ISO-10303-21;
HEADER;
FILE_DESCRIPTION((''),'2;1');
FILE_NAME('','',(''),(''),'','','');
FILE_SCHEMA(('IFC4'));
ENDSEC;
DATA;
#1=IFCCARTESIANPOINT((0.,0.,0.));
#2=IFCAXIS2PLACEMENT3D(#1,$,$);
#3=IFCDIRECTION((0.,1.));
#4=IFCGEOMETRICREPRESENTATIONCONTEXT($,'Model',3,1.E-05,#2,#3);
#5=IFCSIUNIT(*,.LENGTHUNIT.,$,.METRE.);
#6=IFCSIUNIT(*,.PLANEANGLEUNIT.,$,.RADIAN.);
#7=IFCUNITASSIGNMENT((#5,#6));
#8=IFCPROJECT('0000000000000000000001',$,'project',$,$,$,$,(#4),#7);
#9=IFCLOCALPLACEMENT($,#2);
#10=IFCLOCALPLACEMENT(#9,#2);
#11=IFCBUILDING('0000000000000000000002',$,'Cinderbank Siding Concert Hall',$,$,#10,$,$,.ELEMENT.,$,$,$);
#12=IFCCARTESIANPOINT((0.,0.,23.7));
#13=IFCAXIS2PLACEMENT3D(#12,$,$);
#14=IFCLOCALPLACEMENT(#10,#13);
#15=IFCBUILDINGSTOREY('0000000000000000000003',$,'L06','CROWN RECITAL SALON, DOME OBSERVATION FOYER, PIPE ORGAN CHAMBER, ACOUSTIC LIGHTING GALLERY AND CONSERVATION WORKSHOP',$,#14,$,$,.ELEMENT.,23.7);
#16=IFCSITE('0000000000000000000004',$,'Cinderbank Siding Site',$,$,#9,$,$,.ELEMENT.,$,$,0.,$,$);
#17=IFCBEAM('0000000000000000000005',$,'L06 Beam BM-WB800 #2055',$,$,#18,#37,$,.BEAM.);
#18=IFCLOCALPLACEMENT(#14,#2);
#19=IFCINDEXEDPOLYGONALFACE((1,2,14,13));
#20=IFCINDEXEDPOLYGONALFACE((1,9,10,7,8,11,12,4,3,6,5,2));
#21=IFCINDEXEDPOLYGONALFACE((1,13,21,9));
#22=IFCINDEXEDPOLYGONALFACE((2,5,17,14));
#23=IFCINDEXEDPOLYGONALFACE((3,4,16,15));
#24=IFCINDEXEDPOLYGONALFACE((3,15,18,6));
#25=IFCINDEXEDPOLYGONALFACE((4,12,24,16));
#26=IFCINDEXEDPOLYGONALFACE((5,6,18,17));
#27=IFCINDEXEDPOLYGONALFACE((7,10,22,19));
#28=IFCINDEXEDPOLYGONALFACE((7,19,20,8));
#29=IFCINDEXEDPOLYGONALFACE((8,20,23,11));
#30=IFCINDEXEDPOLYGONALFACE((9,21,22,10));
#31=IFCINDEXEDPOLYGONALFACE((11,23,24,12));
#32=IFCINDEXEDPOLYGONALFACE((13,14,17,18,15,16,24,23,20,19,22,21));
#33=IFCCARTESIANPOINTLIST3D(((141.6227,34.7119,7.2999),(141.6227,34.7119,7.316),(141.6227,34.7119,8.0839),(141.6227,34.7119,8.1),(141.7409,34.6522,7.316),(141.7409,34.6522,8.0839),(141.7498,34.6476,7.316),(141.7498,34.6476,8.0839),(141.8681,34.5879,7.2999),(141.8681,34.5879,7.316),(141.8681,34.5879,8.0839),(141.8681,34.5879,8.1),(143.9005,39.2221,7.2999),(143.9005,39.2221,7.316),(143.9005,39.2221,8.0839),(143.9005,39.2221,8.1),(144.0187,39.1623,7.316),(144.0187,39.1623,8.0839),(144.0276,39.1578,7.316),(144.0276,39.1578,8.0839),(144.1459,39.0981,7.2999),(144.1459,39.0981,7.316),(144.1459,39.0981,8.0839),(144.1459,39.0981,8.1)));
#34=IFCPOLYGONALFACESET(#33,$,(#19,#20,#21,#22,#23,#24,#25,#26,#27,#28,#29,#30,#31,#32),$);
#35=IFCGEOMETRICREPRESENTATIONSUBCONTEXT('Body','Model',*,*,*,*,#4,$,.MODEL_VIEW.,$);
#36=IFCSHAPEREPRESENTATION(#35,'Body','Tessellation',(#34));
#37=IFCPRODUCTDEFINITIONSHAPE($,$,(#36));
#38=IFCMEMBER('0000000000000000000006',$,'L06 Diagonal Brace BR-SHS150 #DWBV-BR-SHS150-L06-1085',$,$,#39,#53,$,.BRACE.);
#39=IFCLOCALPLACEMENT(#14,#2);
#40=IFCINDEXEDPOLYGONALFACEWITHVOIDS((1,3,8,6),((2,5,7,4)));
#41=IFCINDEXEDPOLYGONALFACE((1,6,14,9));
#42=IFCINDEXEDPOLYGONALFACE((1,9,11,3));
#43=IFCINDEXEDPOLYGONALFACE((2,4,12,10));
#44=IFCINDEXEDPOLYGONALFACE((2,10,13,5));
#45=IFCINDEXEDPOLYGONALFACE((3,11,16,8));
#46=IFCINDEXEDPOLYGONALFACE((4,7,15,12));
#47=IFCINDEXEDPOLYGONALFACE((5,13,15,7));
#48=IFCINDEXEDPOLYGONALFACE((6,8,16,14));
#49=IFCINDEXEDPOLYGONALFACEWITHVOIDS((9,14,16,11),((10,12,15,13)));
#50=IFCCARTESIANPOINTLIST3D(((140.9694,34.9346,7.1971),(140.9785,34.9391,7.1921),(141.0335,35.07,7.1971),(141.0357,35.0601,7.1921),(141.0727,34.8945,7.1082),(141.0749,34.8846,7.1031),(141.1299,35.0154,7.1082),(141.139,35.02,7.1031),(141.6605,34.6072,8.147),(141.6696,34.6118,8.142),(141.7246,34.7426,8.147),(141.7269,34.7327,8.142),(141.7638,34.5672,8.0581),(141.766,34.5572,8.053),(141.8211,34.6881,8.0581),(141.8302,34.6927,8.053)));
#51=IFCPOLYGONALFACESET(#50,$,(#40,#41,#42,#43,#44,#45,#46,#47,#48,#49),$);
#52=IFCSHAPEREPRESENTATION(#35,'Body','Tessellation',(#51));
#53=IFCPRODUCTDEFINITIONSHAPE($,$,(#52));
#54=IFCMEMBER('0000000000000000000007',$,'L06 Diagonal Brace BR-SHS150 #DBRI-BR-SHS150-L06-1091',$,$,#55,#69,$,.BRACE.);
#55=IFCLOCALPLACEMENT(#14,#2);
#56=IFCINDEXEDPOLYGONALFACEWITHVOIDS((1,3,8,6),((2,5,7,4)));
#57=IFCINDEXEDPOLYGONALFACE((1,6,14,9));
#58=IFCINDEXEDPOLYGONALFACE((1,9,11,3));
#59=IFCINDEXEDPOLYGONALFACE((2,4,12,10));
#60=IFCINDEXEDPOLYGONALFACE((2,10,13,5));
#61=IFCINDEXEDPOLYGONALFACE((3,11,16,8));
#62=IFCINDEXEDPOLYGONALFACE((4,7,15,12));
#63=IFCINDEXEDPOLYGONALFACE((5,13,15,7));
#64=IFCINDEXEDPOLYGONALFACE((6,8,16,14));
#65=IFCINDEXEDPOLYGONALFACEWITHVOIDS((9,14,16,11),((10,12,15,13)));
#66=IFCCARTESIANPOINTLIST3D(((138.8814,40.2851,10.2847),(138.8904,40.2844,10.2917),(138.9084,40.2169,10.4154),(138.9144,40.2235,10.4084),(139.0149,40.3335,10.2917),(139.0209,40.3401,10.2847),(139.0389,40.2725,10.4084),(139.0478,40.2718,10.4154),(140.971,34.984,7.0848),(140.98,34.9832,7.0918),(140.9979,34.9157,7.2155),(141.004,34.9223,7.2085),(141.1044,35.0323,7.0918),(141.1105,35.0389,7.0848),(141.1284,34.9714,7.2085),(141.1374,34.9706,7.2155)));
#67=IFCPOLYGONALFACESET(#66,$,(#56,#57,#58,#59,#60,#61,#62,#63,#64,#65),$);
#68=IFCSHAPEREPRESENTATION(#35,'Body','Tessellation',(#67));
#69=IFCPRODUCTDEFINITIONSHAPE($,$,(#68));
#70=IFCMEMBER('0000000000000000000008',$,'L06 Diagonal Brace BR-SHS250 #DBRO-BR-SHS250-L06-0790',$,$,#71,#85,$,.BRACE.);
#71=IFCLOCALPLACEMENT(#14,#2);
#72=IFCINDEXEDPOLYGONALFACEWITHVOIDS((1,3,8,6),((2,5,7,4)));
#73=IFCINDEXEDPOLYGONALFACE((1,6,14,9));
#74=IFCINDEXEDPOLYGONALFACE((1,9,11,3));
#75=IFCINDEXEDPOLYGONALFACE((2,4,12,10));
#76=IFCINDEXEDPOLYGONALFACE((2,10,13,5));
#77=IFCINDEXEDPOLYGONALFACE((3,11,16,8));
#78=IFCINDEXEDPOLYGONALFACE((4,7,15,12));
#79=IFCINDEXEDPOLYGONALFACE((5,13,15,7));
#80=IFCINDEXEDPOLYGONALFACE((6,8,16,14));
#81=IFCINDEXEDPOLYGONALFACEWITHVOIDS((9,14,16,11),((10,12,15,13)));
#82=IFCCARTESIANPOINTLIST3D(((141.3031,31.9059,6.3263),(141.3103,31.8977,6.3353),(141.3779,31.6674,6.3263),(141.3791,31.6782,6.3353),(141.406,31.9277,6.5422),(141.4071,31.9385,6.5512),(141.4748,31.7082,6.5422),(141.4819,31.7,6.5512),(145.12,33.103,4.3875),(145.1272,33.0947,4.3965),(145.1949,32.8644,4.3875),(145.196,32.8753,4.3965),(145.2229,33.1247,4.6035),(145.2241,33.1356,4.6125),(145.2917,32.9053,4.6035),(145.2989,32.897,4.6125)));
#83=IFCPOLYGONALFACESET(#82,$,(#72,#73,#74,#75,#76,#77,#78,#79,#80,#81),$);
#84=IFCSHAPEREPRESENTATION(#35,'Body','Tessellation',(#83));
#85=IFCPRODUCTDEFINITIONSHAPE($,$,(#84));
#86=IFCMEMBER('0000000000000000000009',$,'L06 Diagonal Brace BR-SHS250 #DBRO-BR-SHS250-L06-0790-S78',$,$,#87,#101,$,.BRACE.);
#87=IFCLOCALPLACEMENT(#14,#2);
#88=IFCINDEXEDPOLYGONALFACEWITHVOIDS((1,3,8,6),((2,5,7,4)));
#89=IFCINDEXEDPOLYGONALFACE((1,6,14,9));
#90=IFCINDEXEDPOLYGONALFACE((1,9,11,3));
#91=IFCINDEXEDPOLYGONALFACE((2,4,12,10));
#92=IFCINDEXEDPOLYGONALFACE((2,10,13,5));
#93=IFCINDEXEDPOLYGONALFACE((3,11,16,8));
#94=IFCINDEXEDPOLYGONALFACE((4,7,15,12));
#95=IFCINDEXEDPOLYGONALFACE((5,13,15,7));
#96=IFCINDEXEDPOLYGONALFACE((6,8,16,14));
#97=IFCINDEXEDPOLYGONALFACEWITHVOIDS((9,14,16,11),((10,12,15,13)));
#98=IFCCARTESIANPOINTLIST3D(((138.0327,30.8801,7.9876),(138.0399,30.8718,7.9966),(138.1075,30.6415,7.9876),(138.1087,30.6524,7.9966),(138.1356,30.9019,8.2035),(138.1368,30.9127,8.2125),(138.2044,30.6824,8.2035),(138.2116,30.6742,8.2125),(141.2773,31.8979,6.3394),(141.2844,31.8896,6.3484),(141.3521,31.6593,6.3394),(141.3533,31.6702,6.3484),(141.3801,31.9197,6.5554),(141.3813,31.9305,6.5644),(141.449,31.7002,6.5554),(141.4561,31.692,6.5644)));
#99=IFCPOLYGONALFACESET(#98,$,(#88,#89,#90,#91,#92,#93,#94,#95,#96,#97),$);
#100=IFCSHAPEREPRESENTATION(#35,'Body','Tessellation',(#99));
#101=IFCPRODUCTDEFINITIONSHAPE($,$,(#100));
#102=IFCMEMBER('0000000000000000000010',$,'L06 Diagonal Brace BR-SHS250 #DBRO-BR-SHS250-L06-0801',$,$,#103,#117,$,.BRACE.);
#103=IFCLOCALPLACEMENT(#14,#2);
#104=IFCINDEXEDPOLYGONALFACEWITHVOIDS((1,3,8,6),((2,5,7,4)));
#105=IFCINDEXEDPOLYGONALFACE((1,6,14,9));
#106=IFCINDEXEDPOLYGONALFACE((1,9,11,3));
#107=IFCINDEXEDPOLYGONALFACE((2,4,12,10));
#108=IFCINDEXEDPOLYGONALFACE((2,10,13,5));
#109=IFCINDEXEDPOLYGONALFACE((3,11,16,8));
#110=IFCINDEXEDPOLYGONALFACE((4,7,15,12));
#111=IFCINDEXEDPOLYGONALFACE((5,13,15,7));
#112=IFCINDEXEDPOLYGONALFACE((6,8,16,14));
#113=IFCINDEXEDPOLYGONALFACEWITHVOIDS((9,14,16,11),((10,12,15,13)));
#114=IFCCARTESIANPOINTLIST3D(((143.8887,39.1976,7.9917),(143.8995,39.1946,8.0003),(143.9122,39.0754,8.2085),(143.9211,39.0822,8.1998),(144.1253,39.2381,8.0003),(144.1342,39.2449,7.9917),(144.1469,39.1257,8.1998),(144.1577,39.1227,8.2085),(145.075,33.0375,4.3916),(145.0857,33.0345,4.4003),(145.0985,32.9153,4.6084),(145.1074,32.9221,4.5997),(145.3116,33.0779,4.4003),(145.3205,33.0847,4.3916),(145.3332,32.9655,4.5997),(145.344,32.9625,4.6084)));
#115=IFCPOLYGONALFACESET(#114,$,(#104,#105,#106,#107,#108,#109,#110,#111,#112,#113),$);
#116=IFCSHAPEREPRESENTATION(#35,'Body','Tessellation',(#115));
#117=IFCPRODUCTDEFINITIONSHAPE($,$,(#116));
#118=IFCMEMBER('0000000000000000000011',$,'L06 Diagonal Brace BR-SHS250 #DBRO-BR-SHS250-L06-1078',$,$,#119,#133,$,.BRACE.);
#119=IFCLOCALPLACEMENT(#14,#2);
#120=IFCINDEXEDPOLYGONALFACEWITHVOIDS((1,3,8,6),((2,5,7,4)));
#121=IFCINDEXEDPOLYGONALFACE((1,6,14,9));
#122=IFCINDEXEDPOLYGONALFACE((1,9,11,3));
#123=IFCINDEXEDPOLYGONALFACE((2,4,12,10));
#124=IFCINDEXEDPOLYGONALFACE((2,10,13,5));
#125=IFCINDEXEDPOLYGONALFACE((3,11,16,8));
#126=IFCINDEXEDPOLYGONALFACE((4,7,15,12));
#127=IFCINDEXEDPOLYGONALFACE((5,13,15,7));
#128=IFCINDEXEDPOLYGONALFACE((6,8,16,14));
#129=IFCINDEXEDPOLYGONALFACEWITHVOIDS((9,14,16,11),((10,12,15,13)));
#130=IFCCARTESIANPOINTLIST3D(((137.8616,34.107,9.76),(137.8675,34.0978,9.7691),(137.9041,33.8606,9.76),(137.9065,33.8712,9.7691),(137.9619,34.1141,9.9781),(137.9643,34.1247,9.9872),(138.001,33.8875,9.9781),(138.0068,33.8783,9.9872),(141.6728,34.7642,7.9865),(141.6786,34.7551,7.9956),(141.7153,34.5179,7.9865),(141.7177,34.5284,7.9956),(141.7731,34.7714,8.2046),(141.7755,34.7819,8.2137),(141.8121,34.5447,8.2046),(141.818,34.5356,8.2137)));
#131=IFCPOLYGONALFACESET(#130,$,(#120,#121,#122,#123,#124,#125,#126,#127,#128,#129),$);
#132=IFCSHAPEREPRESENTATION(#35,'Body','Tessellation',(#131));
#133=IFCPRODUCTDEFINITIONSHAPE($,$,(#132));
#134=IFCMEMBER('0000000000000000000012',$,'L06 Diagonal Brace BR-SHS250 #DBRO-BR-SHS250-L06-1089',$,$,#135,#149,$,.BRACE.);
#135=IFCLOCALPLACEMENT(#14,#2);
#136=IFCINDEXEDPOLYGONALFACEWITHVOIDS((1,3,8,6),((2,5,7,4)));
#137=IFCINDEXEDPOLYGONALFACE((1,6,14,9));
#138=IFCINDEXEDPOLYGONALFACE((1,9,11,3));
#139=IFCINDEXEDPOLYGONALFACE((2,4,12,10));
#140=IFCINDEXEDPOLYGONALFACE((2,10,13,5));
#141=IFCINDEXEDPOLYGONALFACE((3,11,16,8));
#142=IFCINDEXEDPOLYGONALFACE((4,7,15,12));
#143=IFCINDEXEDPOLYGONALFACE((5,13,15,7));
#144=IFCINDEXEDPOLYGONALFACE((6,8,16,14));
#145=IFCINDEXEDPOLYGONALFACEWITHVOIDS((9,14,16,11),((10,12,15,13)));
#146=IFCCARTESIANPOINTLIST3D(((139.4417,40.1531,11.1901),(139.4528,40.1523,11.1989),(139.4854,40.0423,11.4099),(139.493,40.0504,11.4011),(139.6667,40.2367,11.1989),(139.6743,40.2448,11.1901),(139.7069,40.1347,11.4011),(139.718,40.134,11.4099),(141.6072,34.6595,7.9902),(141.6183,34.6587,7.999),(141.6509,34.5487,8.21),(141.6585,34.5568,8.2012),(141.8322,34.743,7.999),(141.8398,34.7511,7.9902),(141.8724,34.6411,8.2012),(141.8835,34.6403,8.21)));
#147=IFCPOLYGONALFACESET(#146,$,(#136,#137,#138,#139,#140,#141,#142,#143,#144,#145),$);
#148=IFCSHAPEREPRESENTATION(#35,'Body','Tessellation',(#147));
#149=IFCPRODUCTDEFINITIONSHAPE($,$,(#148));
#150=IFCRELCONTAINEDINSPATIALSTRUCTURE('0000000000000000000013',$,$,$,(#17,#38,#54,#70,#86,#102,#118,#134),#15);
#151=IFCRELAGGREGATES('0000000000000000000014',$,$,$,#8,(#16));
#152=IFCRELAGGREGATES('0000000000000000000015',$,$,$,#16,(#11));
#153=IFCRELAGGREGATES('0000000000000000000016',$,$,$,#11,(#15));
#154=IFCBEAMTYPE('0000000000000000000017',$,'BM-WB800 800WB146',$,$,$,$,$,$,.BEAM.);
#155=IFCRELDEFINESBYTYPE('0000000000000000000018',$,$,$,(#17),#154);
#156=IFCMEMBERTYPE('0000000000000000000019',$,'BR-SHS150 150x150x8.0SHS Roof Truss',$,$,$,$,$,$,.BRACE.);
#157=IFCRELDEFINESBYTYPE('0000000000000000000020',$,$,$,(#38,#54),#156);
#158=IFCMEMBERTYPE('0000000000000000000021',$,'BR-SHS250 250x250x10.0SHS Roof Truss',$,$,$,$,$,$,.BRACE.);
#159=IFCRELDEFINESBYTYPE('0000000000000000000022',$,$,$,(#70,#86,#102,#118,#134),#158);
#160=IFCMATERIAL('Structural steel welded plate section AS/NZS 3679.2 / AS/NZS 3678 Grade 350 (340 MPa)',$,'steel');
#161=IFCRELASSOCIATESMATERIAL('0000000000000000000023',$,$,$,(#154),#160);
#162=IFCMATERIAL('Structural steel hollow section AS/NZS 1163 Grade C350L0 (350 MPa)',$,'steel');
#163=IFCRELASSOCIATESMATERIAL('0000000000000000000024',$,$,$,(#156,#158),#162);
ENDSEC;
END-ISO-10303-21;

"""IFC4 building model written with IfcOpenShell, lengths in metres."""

from ifc_helpers import new_model, si_unit, direction, frame, origin, origin_2d, place, context, subcontext, project, spatial, hollow_rectangle, i_section, extrude, material, material_profile, profile_set, type_object, element, save


model = new_model("IFC4")

# Units and contexts
model_context = context("Model", 3, precision=1e-05, world=origin(), true_north=direction((0.0, 1.0)))
body_context = subcontext(model_context, "Body", "Model", "MODEL_VIEW")
ifc_project = project(units=[si_unit("LENGTHUNIT", "METRE"), si_unit("PLANEANGLEUNIT", "RADIAN")], contexts=[model_context])

# Site, building, storey
site_placement = place(None, origin())
site = spatial("IfcSite", under=ifc_project, at=site_placement, Name="Cinderbank Siding Site", CompositionType="ELEMENT", RefElevation=0.0)
building_placement = place(site_placement, origin())
building = spatial("IfcBuilding", under=site, at=building_placement, Name="Cinderbank Siding Concert Hall", CompositionType="ELEMENT")
storey_placement = place(building_placement, frame((0.0, 0.0, 23.7)))
storey = spatial("IfcBuildingStorey", under=building, at=storey_placement, Name="L06", Description="CROWN RECITAL SALON, DOME OBSERVATION FOYER, PIPE ORGAN CHAMBER, ACOUSTIC LIGHTING GALLERY AND CONSERVATION WORKSHOP", CompositionType="ELEMENT", Elevation=23.7)

# Beam
ifc_material_1 = material(Name="Structural steel welded plate section AS/NZS 3679.2 / AS/NZS 3678 Grade 350 (340 MPa)", Category="steel")
ifc_material_profile_1 = material_profile(ifc_material_1, i_section(OverallWidth=0.2749, OverallDepth=0.8, WebThickness=0.01, FlangeThickness=0.0161, at=origin_2d()), Name="800WB146", Category="LoadBearing")
ifc_profile_set_1 = profile_set([ifc_material_profile_1], Name="Structural steel welded plate section AS/NZS 3679.2 / AS/NZS 3678 Grade 350 (340 MPa)")
beam_type = type_object("IfcBeamType", Name="BM-WB800 800WB146", PredefinedType="BEAM", material=ifc_profile_set_1)
beam_placement = place(storey_placement, frame((141.7454, 34.6499, 7.7), z_axis=(0.450805, 0.892623, 0.0), x_axis=(-0.892623, 0.450805, 0.0)))
element("IfcBeam", 1, at=beam_placement, inside=storey, type_object=beam_type, Name="L06 Beam BM-WB800 #2055", PredefinedType="BEAM", context=body_context, shape_type="SweptSolid", body=[
    extrude(i_section(OverallWidth=0.2749, OverallDepth=0.8, WebThickness=0.01, FlangeThickness=0.0161, at=origin_2d()), origin(), (0.0, 0.0, 1.0), 5.0527),
])

# Members
ifc_material_2 = material(Name="Structural steel hollow section AS/NZS 1163 Grade C350L0 (350 MPa)", Category="steel")
ifc_material_profile_2 = material_profile(ifc_material_2, hollow_rectangle(XDim=0.1499, YDim=0.1499, WallThickness=0.0081, at=origin_2d()), Name="150x150x8.0SHS", Category="LoadBearing")
ifc_profile_set_2 = profile_set([ifc_material_profile_2], Name="Structural steel hollow section AS/NZS 1163 Grade C350L0 (350 MPa)")
member_type_1 = type_object("IfcMemberType", Name="BR-SHS150 150x150x8.0SHS Roof Truss", PredefinedType="BRACE", material=ifc_profile_set_2)
member_1_placement = place(storey_placement, frame((141.0542, 34.9773, 7.1501), z_axis=(0.566736, -0.268454, 0.778937), x_axis=(0.428086, 0.903738, 0.0)))
element("IfcMember", 2, at=member_1_placement, inside=storey, type_object=member_type_1, Name="L06 Diagonal Brace BR-SHS150 #DWBV-BR-SHS150-L06-1085", PredefinedType="BRACE", context=body_context, shape_type="SweptSolid", body=[
    extrude(hollow_rectangle(XDim=0.1499, YDim=0.1499, WallThickness=0.0081, at=origin_2d()), origin(), (0.0, 0.0, 1.0), 1.2195),
])
member_2_placement = place(storey_placement, frame((141.0542, 34.9773, 7.1501), z_axis=(-0.319743, 0.81118, 0.489644), x_axis=(-0.930335, -0.36671, 0.0)))
element("IfcMember", 3, at=member_2_placement, inside=storey, type_object=member_type_1, Name="L06 Diagonal Brace BR-SHS150 #DBRI-BR-SHS150-L06-1091", PredefinedType="BRACE", context=body_context, shape_type="SweptSolid", body=[
    extrude(hollow_rectangle(XDim=0.1499, YDim=0.1499, WallThickness=0.0081, at=origin_2d()), origin(), (0.0, 0.0, 1.0), 6.5352),
])
ifc_material_profile_3 = material_profile(ifc_material_2, hollow_rectangle(XDim=0.25, YDim=0.25, WallThickness=0.01, at=origin_2d()), Name="250x250x10.0SHS", Category="LoadBearing")
ifc_profile_set_3 = profile_set([ifc_material_profile_3], Name="Structural steel hollow section AS/NZS 1163 Grade C350L0 (350 MPa)")
member_type_2 = type_object("IfcMemberType", Name="BR-SHS250 250x250x10.0SHS Roof Truss", PredefinedType="BRACE", material=ifc_profile_set_3)
member_3_placement = place(storey_placement, frame((145.2095, 33.0, 4.5), z_axis=(-0.858647, -0.269281, 0.436134), x_axis=(0.299241, -0.954178, 0.0)))
element("IfcMember", 4, at=member_3_placement, inside=storey, type_object=member_type_2, Name="L06 Diagonal Brace BR-SHS250 #DBRO-BR-SHS250-L06-0790", PredefinedType="BRACE", context=body_context, shape_type="SweptSolid", body=[
    extrude(hollow_rectangle(XDim=0.25, YDim=0.25, WallThickness=0.01, at=origin_2d()), origin(), (0.0, 0.0, 1.0), 4.4453),
])
member_4_placement = place(storey_placement, frame((141.3667, 31.7949, 6.4519), z_axis=(-0.858616, -0.269343, 0.436156), x_axis=(0.299313, -0.954155, 0.0)))
element("IfcMember", 5, at=member_4_placement, inside=storey, type_object=member_type_2, Name="L06 Diagonal Brace BR-SHS250 #DBRO-BR-SHS250-L06-0790-S78", PredefinedType="BRACE", context=body_context, shape_type="SweptSolid", body=[
    extrude(hollow_rectangle(XDim=0.25, YDim=0.25, WallThickness=0.01, at=origin_2d()), origin(), (0.0, 0.0, 1.0), 3.7788),
])
member_5_placement = place(storey_placement, frame((145.2095, 33.0, 4.5), z_axis=(-0.164011, 0.85168, 0.497736), x_axis=(-0.981958, -0.189099, 0.0)))
element("IfcMember", 6, at=member_5_placement, inside=storey, type_object=member_type_2, Name="L06 Diagonal Brace BR-SHS250 #DBRO-BR-SHS250-L06-0801", PredefinedType="BRACE", context=body_context, shape_type="SweptSolid", body=[
    extrude(hollow_rectangle(XDim=0.25, YDim=0.25, WallThickness=0.01, at=origin_2d()), origin(), (0.0, 0.0, 1.0), 7.2329),
])
member_6_placement = place(storey_placement, frame((141.7454, 34.6499, 8.1001), z_axis=(-0.89576, -0.154477, 0.416835), x_axis=(0.169945, -0.985454, 0.0)))
element("IfcMember", 7, at=member_6_placement, inside=storey, type_object=member_type_2, Name="L06 Diagonal Brace BR-SHS250 #DBRO-BR-SHS250-L06-1078", PredefinedType="BRACE", context=body_context, shape_type="SweptSolid", body=[
    extrude(hollow_rectangle(XDim=0.25, YDim=0.25, WallThickness=0.01, at=origin_2d()), origin(), (0.0, 0.0, 1.0), 4.2546),
])
member_7_placement = place(storey_placement, frame((141.7454, 34.6499, 8.1001), z_axis=(-0.322426, 0.817952, 0.476442), x_axis=(-0.93033, -0.366724, 0.0)))
element("IfcMember", 8, at=member_7_placement, inside=storey, type_object=member_type_2, Name="L06 Diagonal Brace BR-SHS250 #DBRO-BR-SHS250-L06-1089", PredefinedType="BRACE", context=body_context, shape_type="SweptSolid", body=[
    extrude(hollow_rectangle(XDim=0.25, YDim=0.25, WallThickness=0.01, at=origin_2d()), origin(), (0.0, 0.0, 1.0), 6.7163),
])

save(model, "model.ifc")
